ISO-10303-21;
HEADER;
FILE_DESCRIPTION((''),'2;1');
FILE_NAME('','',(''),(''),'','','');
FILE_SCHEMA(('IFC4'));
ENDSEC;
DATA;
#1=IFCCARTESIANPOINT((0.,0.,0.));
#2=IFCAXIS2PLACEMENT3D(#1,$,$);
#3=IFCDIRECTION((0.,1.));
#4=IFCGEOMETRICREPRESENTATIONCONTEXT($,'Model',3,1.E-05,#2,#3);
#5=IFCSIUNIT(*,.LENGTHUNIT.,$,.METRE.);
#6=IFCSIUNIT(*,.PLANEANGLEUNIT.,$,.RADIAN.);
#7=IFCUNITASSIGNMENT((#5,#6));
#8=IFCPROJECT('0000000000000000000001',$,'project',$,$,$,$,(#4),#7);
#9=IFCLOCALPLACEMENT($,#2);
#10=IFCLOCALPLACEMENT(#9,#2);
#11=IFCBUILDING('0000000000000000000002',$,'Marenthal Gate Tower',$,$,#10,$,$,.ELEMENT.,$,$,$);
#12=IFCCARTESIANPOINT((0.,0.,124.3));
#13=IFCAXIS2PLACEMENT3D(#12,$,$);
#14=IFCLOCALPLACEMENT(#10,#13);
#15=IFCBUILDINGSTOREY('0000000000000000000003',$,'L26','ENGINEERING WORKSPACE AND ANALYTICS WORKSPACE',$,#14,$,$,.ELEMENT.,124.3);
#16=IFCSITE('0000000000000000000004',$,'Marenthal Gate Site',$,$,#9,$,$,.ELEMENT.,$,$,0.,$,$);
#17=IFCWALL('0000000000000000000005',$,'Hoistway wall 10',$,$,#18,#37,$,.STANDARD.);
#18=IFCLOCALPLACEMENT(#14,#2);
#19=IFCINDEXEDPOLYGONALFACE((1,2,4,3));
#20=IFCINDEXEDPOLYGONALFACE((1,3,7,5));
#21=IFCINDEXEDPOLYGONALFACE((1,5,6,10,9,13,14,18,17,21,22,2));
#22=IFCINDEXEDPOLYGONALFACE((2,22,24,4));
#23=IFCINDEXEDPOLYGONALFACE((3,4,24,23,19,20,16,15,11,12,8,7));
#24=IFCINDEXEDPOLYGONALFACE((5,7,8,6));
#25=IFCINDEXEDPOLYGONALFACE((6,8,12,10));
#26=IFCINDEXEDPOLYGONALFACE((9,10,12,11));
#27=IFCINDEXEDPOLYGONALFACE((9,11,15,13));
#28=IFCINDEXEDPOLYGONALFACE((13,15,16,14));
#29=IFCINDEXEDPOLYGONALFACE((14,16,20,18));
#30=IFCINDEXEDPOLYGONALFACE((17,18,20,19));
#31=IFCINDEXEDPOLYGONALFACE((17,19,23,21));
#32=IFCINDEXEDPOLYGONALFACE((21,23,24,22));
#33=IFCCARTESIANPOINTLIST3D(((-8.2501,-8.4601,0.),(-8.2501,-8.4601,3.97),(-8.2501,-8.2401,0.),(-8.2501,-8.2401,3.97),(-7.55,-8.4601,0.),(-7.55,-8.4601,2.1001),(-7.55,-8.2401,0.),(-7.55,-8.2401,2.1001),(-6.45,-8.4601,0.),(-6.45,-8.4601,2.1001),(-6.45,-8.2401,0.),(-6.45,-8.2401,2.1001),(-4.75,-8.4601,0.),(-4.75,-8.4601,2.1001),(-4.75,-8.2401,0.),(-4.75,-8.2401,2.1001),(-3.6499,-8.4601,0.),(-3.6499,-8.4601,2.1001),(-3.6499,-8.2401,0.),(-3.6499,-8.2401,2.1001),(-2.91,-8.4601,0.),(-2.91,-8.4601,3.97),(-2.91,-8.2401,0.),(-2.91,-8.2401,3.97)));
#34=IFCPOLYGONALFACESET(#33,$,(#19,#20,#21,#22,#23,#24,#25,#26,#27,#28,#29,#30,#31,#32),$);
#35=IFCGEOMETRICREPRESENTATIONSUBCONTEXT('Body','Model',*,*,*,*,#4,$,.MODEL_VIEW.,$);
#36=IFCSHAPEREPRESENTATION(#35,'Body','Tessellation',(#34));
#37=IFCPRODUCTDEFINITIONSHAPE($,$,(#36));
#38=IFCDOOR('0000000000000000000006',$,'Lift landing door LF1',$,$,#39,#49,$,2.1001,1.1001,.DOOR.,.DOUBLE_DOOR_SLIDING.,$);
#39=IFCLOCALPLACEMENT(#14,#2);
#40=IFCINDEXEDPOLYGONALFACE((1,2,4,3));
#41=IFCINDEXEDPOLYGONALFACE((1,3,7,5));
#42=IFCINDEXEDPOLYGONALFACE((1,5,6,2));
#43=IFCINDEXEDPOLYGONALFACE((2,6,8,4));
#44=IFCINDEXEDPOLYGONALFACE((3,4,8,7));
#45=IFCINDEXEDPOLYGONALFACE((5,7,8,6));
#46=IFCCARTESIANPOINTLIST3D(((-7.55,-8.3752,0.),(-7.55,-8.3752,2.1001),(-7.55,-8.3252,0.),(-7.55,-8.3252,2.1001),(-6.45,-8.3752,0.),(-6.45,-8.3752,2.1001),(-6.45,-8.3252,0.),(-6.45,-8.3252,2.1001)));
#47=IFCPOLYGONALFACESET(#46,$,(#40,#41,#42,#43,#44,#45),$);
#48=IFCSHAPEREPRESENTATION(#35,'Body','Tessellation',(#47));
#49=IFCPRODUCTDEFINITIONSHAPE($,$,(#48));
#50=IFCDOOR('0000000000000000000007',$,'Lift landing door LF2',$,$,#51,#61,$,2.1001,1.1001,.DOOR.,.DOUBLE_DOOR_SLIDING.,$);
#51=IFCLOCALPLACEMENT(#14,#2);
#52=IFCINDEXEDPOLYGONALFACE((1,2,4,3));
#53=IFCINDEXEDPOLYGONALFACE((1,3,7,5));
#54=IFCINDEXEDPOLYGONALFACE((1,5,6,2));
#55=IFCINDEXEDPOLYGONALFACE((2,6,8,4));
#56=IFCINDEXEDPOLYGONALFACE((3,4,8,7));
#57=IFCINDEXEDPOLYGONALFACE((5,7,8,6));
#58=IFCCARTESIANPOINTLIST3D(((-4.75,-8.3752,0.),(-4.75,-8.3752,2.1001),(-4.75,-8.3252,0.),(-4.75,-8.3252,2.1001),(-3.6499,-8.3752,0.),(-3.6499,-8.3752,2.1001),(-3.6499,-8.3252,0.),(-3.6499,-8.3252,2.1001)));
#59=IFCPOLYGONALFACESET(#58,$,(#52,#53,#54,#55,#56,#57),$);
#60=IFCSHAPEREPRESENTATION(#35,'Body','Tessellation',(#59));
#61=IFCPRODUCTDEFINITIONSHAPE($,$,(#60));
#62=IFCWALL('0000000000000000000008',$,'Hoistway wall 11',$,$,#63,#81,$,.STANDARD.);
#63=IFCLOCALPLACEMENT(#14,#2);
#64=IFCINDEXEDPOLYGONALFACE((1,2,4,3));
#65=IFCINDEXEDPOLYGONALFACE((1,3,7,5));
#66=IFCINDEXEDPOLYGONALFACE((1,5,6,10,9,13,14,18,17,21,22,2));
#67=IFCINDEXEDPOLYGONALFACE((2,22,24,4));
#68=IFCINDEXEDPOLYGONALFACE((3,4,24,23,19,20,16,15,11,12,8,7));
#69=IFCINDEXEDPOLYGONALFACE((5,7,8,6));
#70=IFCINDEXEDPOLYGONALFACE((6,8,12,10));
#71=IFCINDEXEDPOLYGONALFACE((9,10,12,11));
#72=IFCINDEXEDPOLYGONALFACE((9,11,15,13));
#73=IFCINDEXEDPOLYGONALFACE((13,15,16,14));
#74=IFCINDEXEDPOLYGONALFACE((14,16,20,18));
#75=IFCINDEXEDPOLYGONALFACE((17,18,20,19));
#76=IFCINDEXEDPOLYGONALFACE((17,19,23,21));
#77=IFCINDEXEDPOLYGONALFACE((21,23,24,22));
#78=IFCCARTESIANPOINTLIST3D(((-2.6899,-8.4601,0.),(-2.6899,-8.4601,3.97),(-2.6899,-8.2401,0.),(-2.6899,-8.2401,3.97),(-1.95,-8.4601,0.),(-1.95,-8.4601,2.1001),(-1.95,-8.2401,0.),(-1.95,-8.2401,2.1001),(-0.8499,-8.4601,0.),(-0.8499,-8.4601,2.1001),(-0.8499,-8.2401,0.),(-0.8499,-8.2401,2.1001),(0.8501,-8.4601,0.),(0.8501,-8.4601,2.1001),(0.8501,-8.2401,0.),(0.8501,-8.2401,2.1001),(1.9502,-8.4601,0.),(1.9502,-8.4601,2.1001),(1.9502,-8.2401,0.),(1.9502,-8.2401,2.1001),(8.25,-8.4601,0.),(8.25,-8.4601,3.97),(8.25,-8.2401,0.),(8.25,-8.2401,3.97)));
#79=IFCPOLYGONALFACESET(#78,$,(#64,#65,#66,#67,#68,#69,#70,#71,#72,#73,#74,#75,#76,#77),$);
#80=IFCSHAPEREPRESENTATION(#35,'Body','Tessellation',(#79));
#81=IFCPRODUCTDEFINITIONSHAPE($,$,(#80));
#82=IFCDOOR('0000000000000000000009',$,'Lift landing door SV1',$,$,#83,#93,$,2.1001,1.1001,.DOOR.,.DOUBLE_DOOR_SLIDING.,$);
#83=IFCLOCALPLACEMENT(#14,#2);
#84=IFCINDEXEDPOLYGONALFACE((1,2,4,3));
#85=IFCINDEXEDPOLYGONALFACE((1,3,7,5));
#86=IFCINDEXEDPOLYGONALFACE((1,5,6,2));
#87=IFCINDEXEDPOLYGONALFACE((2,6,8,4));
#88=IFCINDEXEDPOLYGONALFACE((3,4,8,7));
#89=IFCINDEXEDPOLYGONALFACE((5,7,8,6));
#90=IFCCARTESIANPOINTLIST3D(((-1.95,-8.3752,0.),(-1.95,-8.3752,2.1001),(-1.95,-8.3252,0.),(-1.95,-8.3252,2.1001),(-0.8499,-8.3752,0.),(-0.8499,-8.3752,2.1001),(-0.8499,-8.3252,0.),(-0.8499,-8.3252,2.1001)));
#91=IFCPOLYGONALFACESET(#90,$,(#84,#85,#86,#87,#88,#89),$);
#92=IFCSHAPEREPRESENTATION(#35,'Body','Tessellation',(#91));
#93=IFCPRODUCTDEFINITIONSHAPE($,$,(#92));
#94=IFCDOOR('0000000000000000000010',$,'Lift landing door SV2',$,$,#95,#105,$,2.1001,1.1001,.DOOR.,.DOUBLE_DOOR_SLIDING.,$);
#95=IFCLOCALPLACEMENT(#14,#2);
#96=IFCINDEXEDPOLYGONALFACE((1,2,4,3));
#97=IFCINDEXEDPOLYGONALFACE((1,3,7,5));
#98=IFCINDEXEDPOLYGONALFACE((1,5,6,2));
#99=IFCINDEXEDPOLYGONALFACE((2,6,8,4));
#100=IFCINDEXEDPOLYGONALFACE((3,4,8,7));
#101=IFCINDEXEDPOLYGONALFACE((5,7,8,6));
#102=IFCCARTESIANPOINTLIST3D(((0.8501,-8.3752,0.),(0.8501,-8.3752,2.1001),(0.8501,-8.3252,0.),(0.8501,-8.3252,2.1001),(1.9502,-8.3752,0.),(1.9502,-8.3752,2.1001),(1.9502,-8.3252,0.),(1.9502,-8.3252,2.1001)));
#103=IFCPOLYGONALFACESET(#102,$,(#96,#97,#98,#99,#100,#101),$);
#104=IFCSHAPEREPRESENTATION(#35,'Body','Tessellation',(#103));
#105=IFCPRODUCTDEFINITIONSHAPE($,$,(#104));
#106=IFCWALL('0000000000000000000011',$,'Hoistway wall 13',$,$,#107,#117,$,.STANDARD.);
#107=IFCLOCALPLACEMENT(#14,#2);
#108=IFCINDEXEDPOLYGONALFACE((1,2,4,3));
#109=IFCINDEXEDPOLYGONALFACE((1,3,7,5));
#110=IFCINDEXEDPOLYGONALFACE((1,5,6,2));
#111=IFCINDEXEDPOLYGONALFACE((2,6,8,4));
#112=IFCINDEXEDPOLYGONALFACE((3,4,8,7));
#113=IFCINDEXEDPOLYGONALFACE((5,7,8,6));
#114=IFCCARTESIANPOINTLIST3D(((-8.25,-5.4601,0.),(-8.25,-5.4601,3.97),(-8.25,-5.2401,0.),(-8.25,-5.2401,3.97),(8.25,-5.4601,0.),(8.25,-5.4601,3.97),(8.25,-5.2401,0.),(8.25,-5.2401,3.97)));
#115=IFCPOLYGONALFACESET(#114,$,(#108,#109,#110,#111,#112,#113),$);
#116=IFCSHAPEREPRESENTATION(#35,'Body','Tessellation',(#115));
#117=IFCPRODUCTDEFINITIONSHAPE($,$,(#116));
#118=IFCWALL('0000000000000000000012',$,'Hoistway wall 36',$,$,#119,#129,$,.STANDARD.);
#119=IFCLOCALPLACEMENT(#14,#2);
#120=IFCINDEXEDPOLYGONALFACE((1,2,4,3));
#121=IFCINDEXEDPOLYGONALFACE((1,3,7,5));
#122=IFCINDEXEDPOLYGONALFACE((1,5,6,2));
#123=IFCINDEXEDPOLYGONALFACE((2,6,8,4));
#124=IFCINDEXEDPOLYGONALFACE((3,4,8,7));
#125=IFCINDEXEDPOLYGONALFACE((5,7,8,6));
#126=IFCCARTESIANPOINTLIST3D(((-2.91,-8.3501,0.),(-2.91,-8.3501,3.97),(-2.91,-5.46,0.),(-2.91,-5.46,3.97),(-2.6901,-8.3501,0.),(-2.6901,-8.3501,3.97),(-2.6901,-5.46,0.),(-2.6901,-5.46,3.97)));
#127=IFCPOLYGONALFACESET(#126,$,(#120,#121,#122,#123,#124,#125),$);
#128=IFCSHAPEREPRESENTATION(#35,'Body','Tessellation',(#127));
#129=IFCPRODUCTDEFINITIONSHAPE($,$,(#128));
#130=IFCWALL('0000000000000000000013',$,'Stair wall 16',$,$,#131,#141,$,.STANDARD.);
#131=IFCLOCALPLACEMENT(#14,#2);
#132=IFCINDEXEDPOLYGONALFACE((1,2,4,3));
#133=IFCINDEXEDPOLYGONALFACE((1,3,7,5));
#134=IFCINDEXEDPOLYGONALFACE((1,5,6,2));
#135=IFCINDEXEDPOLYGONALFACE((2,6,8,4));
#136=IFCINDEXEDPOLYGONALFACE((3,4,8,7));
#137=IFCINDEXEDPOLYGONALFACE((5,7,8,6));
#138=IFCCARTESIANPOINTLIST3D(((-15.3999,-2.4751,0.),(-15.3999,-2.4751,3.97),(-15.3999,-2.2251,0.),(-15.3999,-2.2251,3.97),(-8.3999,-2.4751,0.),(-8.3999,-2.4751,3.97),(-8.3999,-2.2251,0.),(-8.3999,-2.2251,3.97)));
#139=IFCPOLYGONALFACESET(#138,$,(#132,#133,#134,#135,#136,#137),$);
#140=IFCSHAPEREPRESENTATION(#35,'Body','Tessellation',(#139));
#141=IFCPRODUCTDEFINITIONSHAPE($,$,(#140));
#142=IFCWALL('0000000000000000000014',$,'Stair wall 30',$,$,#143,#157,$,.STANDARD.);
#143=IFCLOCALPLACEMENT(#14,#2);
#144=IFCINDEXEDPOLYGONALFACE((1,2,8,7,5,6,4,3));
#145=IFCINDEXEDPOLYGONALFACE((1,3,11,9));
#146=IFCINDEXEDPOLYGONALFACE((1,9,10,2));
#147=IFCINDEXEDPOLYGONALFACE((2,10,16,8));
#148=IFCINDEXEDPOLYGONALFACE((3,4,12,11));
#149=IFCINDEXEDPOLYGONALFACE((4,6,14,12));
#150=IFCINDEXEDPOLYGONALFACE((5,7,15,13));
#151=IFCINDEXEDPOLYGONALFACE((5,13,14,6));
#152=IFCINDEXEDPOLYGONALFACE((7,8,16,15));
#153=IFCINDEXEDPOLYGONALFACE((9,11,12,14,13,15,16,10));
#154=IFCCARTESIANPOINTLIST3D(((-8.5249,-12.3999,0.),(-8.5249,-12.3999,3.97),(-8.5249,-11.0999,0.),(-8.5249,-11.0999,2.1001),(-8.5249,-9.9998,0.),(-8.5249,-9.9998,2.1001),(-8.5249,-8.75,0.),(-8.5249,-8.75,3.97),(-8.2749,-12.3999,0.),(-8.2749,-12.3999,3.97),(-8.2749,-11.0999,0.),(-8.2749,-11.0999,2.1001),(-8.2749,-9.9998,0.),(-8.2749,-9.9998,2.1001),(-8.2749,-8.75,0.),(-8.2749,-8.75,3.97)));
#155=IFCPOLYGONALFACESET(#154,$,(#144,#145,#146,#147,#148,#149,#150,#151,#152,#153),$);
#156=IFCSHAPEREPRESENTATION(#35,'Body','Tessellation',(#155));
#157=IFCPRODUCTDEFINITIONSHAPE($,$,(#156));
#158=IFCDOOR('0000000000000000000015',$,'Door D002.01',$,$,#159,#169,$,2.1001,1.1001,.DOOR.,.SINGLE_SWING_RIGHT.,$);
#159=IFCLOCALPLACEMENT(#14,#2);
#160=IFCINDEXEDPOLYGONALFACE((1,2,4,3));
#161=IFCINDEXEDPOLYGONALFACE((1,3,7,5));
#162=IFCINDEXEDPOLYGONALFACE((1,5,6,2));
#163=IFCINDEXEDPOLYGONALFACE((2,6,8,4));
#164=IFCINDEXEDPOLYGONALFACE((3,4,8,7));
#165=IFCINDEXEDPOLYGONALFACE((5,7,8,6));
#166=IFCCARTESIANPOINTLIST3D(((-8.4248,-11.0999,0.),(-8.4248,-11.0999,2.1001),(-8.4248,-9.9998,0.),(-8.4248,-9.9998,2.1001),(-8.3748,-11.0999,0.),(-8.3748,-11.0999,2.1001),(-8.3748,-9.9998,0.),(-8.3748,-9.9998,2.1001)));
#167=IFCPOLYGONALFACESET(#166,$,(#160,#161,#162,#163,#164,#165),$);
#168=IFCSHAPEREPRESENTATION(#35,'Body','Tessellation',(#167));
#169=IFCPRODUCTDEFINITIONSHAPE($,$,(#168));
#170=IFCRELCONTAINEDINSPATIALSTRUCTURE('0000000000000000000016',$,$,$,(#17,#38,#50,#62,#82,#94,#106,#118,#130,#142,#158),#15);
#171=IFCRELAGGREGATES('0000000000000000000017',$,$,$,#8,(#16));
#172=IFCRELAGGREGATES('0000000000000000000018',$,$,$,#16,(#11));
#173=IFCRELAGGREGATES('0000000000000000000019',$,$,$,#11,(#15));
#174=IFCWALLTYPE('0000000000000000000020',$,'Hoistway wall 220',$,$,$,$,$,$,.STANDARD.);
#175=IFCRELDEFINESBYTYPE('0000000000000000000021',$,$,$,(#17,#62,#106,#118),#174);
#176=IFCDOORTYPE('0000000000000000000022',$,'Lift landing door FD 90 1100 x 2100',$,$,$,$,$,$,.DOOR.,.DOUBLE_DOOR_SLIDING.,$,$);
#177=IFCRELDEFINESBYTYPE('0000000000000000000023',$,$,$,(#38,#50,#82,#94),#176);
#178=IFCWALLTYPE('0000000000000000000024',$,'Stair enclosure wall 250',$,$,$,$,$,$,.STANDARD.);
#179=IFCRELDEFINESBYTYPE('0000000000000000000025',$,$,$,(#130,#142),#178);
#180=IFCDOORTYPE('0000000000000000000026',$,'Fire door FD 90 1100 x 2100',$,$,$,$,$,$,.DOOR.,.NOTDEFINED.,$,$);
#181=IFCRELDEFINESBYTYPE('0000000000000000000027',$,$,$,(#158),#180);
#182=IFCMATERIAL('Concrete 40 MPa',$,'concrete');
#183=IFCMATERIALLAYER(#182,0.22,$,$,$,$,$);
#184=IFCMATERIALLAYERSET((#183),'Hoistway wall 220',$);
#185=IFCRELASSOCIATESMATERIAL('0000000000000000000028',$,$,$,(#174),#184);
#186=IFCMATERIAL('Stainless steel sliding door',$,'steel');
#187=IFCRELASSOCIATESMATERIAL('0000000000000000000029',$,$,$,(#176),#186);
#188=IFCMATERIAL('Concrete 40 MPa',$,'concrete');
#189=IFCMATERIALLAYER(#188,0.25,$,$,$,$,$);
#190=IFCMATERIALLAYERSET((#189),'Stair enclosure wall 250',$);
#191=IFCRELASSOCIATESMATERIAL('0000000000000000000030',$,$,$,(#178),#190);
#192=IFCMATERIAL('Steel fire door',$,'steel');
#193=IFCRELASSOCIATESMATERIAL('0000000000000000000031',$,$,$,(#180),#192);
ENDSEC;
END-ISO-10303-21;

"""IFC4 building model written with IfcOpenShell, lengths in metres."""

from ifc_helpers import new_model, si_unit, direction, frame, frame_2d, origin, place, context, subcontext, project, spatial, rectangle, extrude, material, layer, layer_set, type_object, element, fill, save


model = new_model("IFC4")

# Units and contexts
model_context = context("Model", 3, precision=1e-05, world=origin(), true_north=direction((0.0, 1.0)))
body_context = subcontext(model_context, "Body", "Model", "MODEL_VIEW")
ifc_project = project(units=[si_unit("LENGTHUNIT", "METRE"), si_unit("PLANEANGLEUNIT", "RADIAN")], contexts=[model_context])

# Site, building, storey
site_placement = place(None, origin())
site = spatial("IfcSite", under=ifc_project, at=site_placement, Name="Marenthal Gate Site", CompositionType="ELEMENT", RefElevation=0.0)
building_placement = place(site_placement, origin())
building = spatial("IfcBuilding", under=site, at=building_placement, Name="Marenthal Gate Tower", CompositionType="ELEMENT")
storey_placement = place(building_placement, frame((0.0, 0.0, 124.3)))
storey = spatial("IfcBuildingStorey", under=building, at=storey_placement, Name="L26", Description="ENGINEERING WORKSPACE AND ANALYTICS WORKSPACE", CompositionType="ELEMENT", Elevation=124.3)

# Walls, openings, doors
ifc_material_1 = material(Name="Concrete 40 MPa", Category="concrete")
ifc_layer_1 = layer(ifc_material_1, 0.22)
ifc_layer_set_1 = layer_set([ifc_layer_1], Name="Hoistway wall 220")
wall_type_1 = type_object("IfcWallType", Name="Hoistway wall 220", PredefinedType="STANDARD", material=ifc_layer_set_1)
wall_1_placement = place(storey_placement, frame((-8.25, -8.3501, 0.0), z_axis=(0.0, 0.0, 1.0), x_axis=(1.0, 0.0, 0.0)))
wall_1 = element("IfcWall", 1, at=wall_1_placement, inside=storey, type_object=wall_type_1, Name="Hoistway wall 10", PredefinedType="STANDARD", context=body_context, shape_type="SweptSolid", body=[
    extrude(rectangle(XDim=5.3401, YDim=0.22, at=frame_2d((2.6699, 0.0))), origin(), (0.0, 0.0, 1.0), 3.97),
])
opening_1_placement = place(wall_1_placement, frame((0.7, 0.0, 0.0)))
opening_1 = element("IfcOpeningElement", 2, at=opening_1_placement, cuts=wall_1, PredefinedType="OPENING", context=body_context, shape_type="SweptSolid", body=[
    extrude(rectangle(XDim=1.1001, YDim=2.1001, at=frame_2d((0.55, 1.05))), frame((0.0, 0.1201, 0.0), z_axis=(0.0, -1.0, 0.0), x_axis=(1.0, 0.0, 0.0)), (0.0, 0.0, 1.0), 0.24),
])
opening_2_placement = place(wall_1_placement, frame((3.5, 0.0, 0.0)))
opening_2 = element("IfcOpeningElement", 3, at=opening_2_placement, cuts=wall_1, PredefinedType="OPENING", context=body_context, shape_type="SweptSolid", body=[
    extrude(rectangle(XDim=1.1001, YDim=2.1001, at=frame_2d((0.55, 1.05))), frame((0.0, 0.1201, 0.0), z_axis=(0.0, -1.0, 0.0), x_axis=(1.0, 0.0, 0.0)), (0.0, 0.0, 1.0), 0.24),
])
ifc_material_2 = material(Name="Stainless steel sliding door", Category="steel")
door_type_1 = type_object("IfcDoorType", Name="Lift landing door FD 90 1100 x 2100", OperationType="DOUBLE_DOOR_SLIDING", PredefinedType="DOOR", material=ifc_material_2)
door_1_placement = place(opening_1_placement, origin())
door_1 = element("IfcDoor", 4, at=door_1_placement, inside=storey, type_object=door_type_1, Name="Lift landing door LF1", OperationType="DOUBLE_DOOR_SLIDING", OverallHeight=2.1001, OverallWidth=1.1001, PredefinedType="DOOR", context=body_context, shape_type="SweptSolid", body=[
    extrude(rectangle(XDim=1.1001, YDim=2.1001, at=frame_2d((0.55, 1.05))), frame((0.0, 0.0249, 0.0), z_axis=(0.0, -1.0, 0.0), x_axis=(1.0, 0.0, 0.0)), (0.0, 0.0, 1.0), 0.05),
])
fill(opening_1, door_1)
door_2_placement = place(opening_2_placement, origin())
door_2 = element("IfcDoor", 5, at=door_2_placement, inside=storey, type_object=door_type_1, Name="Lift landing door LF2", OperationType="DOUBLE_DOOR_SLIDING", OverallHeight=2.1001, OverallWidth=1.1001, PredefinedType="DOOR", context=body_context, shape_type="SweptSolid", body=[
    extrude(rectangle(XDim=1.1001, YDim=2.1001, at=frame_2d((0.55, 1.05))), frame((0.0, 0.0249, 0.0), z_axis=(0.0, -1.0, 0.0), x_axis=(1.0, 0.0, 0.0)), (0.0, 0.0, 1.0), 0.05),
])
fill(opening_2, door_2)
wall_2_placement = place(storey_placement, frame((-2.6899, -8.3501, 0.0), z_axis=(0.0, 0.0, 1.0), x_axis=(1.0, 0.0, 0.0)))
wall_2 = element("IfcWall", 6, at=wall_2_placement, inside=storey, type_object=wall_type_1, Name="Hoistway wall 11", PredefinedType="STANDARD", context=body_context, shape_type="SweptSolid", body=[
    extrude(rectangle(XDim=10.9399, YDim=0.22, at=frame_2d((5.47, 0.0))), origin(), (0.0, 0.0, 1.0), 3.97),
])
opening_3_placement = place(wall_2_placement, frame((0.74, 0.0, 0.0)))
opening_3 = element("IfcOpeningElement", 7, at=opening_3_placement, cuts=wall_2, PredefinedType="OPENING", context=body_context, shape_type="SweptSolid", body=[
    extrude(rectangle(XDim=1.1001, YDim=2.1001, at=frame_2d((0.55, 1.05))), frame((0.0, 0.1201, 0.0), z_axis=(0.0, -1.0, 0.0), x_axis=(1.0, 0.0, 0.0)), (0.0, 0.0, 1.0), 0.24),
])
opening_4_placement = place(wall_2_placement, frame((3.54, 0.0, 0.0)))
opening_4 = element("IfcOpeningElement", 8, at=opening_4_placement, cuts=wall_2, PredefinedType="OPENING", context=body_context, shape_type="SweptSolid", body=[
    extrude(rectangle(XDim=1.1001, YDim=2.1001, at=frame_2d((0.55, 1.05))), frame((0.0, 0.1201, 0.0), z_axis=(0.0, -1.0, 0.0), x_axis=(1.0, 0.0, 0.0)), (0.0, 0.0, 1.0), 0.24),
])
door_3_placement = place(opening_3_placement, origin())
door_3 = element("IfcDoor", 9, at=door_3_placement, inside=storey, type_object=door_type_1, Name="Lift landing door SV1", OperationType="DOUBLE_DOOR_SLIDING", OverallHeight=2.1001, OverallWidth=1.1001, PredefinedType="DOOR", context=body_context, shape_type="SweptSolid", body=[
    extrude(rectangle(XDim=1.1001, YDim=2.1001, at=frame_2d((0.55, 1.05))), frame((0.0, 0.0249, 0.0), z_axis=(0.0, -1.0, 0.0), x_axis=(1.0, 0.0, 0.0)), (0.0, 0.0, 1.0), 0.05),
])
fill(opening_3, door_3)
door_4_placement = place(opening_4_placement, origin())
door_4 = element("IfcDoor", 10, at=door_4_placement, inside=storey, type_object=door_type_1, Name="Lift landing door SV2", OperationType="DOUBLE_DOOR_SLIDING", OverallHeight=2.1001, OverallWidth=1.1001, PredefinedType="DOOR", context=body_context, shape_type="SweptSolid", body=[
    extrude(rectangle(XDim=1.1001, YDim=2.1001, at=frame_2d((0.55, 1.05))), frame((0.0, 0.0249, 0.0), z_axis=(0.0, -1.0, 0.0), x_axis=(1.0, 0.0, 0.0)), (0.0, 0.0, 1.0), 0.05),
])
fill(opening_4, door_4)

# Walls
wall_3_placement = place(storey_placement, frame((-8.25, -5.3501, 0.0), z_axis=(0.0, 0.0, 1.0), x_axis=(1.0, 0.0, 0.0)))
element("IfcWall", 11, at=wall_3_placement, inside=storey, type_object=wall_type_1, Name="Hoistway wall 13", PredefinedType="STANDARD", context=body_context, shape_type="SweptSolid", body=[
    extrude(rectangle(XDim=16.5, YDim=0.22, at=frame_2d((8.25, 0.0))), origin(), (0.0, 0.0, 1.0), 3.97),
])
wall_4_placement = place(storey_placement, frame((-2.8, -8.3501, 0.0), z_axis=(0.0, 0.0, 1.0), x_axis=(0.0, 1.0, 0.0)))
element("IfcWall", 12, at=wall_4_placement, inside=storey, type_object=wall_type_1, Name="Hoistway wall 36", PredefinedType="STANDARD", context=body_context, shape_type="SweptSolid", body=[
    extrude(rectangle(XDim=2.8901, YDim=0.22, at=frame_2d((1.4451, 0.0))), origin(), (0.0, 0.0, 1.0), 3.97),
])
ifc_material_3 = material(Name="Concrete 40 MPa", Category="concrete")
ifc_layer_2 = layer(ifc_material_3, 0.25)
ifc_layer_set_2 = layer_set([ifc_layer_2], Name="Stair enclosure wall 250")
wall_type_2 = type_object("IfcWallType", Name="Stair enclosure wall 250", PredefinedType="STANDARD", material=ifc_layer_set_2)
wall_5_placement = place(storey_placement, frame((-15.3999, -2.3501, 0.0), z_axis=(0.0, 0.0, 1.0), x_axis=(1.0, 0.0, 0.0)))
element("IfcWall", 13, at=wall_5_placement, inside=storey, type_object=wall_type_2, Name="Stair wall 16", PredefinedType="STANDARD", context=body_context, shape_type="SweptSolid", body=[
    extrude(rectangle(XDim=7.0, YDim=0.25, at=frame_2d((3.5, 0.0))), origin(), (0.0, 0.0, 1.0), 3.97),
])

# Wall, opening, door
wall_6_placement = place(storey_placement, frame((-8.3999, -12.3999, 0.0), z_axis=(0.0, 0.0, 1.0), x_axis=(0.0, 1.0, 0.0)))
wall_6 = element("IfcWall", 14, at=wall_6_placement, inside=storey, type_object=wall_type_2, Name="Stair wall 30", PredefinedType="STANDARD", context=body_context, shape_type="SweptSolid", body=[
    extrude(rectangle(XDim=3.6499, YDim=0.25, at=frame_2d((1.825, 0.0))), origin(), (0.0, 0.0, 1.0), 3.97),
])
opening_5_placement = place(wall_6_placement, frame((1.3, 0.0, 0.0)))
opening_5 = element("IfcOpeningElement", 15, at=opening_5_placement, cuts=wall_6, PredefinedType="OPENING", context=body_context, shape_type="SweptSolid", body=[
    extrude(rectangle(XDim=1.1001, YDim=2.1001, at=frame_2d((0.55, 1.05))), frame((0.0, 0.135, 0.0), z_axis=(0.0, -1.0, 0.0), x_axis=(1.0, 0.0, 0.0)), (0.0, 0.0, 1.0), 0.27),
])
ifc_material_4 = material(Name="Steel fire door", Category="steel")
door_type_2 = type_object("IfcDoorType", Name="Fire door FD 90 1100 x 2100", OperationType="NOTDEFINED", PredefinedType="DOOR", material=ifc_material_4)
door_5_placement = place(opening_5_placement, origin())
door_5 = element("IfcDoor", 16, at=door_5_placement, inside=storey, type_object=door_type_2, Name="Door D002.01", OperationType="SINGLE_SWING_RIGHT", OverallHeight=2.1001, OverallWidth=1.1001, PredefinedType="DOOR", context=body_context, shape_type="SweptSolid", body=[
    extrude(rectangle(XDim=1.1001, YDim=2.1001, at=frame_2d((0.55, 1.05))), frame((0.0, 0.0249, 0.0), z_axis=(0.0, -1.0, 0.0), x_axis=(1.0, 0.0, 0.0)), (0.0, 0.0, 1.0), 0.05),
])
fill(opening_5, door_5)

save(model, "model.ifc")
